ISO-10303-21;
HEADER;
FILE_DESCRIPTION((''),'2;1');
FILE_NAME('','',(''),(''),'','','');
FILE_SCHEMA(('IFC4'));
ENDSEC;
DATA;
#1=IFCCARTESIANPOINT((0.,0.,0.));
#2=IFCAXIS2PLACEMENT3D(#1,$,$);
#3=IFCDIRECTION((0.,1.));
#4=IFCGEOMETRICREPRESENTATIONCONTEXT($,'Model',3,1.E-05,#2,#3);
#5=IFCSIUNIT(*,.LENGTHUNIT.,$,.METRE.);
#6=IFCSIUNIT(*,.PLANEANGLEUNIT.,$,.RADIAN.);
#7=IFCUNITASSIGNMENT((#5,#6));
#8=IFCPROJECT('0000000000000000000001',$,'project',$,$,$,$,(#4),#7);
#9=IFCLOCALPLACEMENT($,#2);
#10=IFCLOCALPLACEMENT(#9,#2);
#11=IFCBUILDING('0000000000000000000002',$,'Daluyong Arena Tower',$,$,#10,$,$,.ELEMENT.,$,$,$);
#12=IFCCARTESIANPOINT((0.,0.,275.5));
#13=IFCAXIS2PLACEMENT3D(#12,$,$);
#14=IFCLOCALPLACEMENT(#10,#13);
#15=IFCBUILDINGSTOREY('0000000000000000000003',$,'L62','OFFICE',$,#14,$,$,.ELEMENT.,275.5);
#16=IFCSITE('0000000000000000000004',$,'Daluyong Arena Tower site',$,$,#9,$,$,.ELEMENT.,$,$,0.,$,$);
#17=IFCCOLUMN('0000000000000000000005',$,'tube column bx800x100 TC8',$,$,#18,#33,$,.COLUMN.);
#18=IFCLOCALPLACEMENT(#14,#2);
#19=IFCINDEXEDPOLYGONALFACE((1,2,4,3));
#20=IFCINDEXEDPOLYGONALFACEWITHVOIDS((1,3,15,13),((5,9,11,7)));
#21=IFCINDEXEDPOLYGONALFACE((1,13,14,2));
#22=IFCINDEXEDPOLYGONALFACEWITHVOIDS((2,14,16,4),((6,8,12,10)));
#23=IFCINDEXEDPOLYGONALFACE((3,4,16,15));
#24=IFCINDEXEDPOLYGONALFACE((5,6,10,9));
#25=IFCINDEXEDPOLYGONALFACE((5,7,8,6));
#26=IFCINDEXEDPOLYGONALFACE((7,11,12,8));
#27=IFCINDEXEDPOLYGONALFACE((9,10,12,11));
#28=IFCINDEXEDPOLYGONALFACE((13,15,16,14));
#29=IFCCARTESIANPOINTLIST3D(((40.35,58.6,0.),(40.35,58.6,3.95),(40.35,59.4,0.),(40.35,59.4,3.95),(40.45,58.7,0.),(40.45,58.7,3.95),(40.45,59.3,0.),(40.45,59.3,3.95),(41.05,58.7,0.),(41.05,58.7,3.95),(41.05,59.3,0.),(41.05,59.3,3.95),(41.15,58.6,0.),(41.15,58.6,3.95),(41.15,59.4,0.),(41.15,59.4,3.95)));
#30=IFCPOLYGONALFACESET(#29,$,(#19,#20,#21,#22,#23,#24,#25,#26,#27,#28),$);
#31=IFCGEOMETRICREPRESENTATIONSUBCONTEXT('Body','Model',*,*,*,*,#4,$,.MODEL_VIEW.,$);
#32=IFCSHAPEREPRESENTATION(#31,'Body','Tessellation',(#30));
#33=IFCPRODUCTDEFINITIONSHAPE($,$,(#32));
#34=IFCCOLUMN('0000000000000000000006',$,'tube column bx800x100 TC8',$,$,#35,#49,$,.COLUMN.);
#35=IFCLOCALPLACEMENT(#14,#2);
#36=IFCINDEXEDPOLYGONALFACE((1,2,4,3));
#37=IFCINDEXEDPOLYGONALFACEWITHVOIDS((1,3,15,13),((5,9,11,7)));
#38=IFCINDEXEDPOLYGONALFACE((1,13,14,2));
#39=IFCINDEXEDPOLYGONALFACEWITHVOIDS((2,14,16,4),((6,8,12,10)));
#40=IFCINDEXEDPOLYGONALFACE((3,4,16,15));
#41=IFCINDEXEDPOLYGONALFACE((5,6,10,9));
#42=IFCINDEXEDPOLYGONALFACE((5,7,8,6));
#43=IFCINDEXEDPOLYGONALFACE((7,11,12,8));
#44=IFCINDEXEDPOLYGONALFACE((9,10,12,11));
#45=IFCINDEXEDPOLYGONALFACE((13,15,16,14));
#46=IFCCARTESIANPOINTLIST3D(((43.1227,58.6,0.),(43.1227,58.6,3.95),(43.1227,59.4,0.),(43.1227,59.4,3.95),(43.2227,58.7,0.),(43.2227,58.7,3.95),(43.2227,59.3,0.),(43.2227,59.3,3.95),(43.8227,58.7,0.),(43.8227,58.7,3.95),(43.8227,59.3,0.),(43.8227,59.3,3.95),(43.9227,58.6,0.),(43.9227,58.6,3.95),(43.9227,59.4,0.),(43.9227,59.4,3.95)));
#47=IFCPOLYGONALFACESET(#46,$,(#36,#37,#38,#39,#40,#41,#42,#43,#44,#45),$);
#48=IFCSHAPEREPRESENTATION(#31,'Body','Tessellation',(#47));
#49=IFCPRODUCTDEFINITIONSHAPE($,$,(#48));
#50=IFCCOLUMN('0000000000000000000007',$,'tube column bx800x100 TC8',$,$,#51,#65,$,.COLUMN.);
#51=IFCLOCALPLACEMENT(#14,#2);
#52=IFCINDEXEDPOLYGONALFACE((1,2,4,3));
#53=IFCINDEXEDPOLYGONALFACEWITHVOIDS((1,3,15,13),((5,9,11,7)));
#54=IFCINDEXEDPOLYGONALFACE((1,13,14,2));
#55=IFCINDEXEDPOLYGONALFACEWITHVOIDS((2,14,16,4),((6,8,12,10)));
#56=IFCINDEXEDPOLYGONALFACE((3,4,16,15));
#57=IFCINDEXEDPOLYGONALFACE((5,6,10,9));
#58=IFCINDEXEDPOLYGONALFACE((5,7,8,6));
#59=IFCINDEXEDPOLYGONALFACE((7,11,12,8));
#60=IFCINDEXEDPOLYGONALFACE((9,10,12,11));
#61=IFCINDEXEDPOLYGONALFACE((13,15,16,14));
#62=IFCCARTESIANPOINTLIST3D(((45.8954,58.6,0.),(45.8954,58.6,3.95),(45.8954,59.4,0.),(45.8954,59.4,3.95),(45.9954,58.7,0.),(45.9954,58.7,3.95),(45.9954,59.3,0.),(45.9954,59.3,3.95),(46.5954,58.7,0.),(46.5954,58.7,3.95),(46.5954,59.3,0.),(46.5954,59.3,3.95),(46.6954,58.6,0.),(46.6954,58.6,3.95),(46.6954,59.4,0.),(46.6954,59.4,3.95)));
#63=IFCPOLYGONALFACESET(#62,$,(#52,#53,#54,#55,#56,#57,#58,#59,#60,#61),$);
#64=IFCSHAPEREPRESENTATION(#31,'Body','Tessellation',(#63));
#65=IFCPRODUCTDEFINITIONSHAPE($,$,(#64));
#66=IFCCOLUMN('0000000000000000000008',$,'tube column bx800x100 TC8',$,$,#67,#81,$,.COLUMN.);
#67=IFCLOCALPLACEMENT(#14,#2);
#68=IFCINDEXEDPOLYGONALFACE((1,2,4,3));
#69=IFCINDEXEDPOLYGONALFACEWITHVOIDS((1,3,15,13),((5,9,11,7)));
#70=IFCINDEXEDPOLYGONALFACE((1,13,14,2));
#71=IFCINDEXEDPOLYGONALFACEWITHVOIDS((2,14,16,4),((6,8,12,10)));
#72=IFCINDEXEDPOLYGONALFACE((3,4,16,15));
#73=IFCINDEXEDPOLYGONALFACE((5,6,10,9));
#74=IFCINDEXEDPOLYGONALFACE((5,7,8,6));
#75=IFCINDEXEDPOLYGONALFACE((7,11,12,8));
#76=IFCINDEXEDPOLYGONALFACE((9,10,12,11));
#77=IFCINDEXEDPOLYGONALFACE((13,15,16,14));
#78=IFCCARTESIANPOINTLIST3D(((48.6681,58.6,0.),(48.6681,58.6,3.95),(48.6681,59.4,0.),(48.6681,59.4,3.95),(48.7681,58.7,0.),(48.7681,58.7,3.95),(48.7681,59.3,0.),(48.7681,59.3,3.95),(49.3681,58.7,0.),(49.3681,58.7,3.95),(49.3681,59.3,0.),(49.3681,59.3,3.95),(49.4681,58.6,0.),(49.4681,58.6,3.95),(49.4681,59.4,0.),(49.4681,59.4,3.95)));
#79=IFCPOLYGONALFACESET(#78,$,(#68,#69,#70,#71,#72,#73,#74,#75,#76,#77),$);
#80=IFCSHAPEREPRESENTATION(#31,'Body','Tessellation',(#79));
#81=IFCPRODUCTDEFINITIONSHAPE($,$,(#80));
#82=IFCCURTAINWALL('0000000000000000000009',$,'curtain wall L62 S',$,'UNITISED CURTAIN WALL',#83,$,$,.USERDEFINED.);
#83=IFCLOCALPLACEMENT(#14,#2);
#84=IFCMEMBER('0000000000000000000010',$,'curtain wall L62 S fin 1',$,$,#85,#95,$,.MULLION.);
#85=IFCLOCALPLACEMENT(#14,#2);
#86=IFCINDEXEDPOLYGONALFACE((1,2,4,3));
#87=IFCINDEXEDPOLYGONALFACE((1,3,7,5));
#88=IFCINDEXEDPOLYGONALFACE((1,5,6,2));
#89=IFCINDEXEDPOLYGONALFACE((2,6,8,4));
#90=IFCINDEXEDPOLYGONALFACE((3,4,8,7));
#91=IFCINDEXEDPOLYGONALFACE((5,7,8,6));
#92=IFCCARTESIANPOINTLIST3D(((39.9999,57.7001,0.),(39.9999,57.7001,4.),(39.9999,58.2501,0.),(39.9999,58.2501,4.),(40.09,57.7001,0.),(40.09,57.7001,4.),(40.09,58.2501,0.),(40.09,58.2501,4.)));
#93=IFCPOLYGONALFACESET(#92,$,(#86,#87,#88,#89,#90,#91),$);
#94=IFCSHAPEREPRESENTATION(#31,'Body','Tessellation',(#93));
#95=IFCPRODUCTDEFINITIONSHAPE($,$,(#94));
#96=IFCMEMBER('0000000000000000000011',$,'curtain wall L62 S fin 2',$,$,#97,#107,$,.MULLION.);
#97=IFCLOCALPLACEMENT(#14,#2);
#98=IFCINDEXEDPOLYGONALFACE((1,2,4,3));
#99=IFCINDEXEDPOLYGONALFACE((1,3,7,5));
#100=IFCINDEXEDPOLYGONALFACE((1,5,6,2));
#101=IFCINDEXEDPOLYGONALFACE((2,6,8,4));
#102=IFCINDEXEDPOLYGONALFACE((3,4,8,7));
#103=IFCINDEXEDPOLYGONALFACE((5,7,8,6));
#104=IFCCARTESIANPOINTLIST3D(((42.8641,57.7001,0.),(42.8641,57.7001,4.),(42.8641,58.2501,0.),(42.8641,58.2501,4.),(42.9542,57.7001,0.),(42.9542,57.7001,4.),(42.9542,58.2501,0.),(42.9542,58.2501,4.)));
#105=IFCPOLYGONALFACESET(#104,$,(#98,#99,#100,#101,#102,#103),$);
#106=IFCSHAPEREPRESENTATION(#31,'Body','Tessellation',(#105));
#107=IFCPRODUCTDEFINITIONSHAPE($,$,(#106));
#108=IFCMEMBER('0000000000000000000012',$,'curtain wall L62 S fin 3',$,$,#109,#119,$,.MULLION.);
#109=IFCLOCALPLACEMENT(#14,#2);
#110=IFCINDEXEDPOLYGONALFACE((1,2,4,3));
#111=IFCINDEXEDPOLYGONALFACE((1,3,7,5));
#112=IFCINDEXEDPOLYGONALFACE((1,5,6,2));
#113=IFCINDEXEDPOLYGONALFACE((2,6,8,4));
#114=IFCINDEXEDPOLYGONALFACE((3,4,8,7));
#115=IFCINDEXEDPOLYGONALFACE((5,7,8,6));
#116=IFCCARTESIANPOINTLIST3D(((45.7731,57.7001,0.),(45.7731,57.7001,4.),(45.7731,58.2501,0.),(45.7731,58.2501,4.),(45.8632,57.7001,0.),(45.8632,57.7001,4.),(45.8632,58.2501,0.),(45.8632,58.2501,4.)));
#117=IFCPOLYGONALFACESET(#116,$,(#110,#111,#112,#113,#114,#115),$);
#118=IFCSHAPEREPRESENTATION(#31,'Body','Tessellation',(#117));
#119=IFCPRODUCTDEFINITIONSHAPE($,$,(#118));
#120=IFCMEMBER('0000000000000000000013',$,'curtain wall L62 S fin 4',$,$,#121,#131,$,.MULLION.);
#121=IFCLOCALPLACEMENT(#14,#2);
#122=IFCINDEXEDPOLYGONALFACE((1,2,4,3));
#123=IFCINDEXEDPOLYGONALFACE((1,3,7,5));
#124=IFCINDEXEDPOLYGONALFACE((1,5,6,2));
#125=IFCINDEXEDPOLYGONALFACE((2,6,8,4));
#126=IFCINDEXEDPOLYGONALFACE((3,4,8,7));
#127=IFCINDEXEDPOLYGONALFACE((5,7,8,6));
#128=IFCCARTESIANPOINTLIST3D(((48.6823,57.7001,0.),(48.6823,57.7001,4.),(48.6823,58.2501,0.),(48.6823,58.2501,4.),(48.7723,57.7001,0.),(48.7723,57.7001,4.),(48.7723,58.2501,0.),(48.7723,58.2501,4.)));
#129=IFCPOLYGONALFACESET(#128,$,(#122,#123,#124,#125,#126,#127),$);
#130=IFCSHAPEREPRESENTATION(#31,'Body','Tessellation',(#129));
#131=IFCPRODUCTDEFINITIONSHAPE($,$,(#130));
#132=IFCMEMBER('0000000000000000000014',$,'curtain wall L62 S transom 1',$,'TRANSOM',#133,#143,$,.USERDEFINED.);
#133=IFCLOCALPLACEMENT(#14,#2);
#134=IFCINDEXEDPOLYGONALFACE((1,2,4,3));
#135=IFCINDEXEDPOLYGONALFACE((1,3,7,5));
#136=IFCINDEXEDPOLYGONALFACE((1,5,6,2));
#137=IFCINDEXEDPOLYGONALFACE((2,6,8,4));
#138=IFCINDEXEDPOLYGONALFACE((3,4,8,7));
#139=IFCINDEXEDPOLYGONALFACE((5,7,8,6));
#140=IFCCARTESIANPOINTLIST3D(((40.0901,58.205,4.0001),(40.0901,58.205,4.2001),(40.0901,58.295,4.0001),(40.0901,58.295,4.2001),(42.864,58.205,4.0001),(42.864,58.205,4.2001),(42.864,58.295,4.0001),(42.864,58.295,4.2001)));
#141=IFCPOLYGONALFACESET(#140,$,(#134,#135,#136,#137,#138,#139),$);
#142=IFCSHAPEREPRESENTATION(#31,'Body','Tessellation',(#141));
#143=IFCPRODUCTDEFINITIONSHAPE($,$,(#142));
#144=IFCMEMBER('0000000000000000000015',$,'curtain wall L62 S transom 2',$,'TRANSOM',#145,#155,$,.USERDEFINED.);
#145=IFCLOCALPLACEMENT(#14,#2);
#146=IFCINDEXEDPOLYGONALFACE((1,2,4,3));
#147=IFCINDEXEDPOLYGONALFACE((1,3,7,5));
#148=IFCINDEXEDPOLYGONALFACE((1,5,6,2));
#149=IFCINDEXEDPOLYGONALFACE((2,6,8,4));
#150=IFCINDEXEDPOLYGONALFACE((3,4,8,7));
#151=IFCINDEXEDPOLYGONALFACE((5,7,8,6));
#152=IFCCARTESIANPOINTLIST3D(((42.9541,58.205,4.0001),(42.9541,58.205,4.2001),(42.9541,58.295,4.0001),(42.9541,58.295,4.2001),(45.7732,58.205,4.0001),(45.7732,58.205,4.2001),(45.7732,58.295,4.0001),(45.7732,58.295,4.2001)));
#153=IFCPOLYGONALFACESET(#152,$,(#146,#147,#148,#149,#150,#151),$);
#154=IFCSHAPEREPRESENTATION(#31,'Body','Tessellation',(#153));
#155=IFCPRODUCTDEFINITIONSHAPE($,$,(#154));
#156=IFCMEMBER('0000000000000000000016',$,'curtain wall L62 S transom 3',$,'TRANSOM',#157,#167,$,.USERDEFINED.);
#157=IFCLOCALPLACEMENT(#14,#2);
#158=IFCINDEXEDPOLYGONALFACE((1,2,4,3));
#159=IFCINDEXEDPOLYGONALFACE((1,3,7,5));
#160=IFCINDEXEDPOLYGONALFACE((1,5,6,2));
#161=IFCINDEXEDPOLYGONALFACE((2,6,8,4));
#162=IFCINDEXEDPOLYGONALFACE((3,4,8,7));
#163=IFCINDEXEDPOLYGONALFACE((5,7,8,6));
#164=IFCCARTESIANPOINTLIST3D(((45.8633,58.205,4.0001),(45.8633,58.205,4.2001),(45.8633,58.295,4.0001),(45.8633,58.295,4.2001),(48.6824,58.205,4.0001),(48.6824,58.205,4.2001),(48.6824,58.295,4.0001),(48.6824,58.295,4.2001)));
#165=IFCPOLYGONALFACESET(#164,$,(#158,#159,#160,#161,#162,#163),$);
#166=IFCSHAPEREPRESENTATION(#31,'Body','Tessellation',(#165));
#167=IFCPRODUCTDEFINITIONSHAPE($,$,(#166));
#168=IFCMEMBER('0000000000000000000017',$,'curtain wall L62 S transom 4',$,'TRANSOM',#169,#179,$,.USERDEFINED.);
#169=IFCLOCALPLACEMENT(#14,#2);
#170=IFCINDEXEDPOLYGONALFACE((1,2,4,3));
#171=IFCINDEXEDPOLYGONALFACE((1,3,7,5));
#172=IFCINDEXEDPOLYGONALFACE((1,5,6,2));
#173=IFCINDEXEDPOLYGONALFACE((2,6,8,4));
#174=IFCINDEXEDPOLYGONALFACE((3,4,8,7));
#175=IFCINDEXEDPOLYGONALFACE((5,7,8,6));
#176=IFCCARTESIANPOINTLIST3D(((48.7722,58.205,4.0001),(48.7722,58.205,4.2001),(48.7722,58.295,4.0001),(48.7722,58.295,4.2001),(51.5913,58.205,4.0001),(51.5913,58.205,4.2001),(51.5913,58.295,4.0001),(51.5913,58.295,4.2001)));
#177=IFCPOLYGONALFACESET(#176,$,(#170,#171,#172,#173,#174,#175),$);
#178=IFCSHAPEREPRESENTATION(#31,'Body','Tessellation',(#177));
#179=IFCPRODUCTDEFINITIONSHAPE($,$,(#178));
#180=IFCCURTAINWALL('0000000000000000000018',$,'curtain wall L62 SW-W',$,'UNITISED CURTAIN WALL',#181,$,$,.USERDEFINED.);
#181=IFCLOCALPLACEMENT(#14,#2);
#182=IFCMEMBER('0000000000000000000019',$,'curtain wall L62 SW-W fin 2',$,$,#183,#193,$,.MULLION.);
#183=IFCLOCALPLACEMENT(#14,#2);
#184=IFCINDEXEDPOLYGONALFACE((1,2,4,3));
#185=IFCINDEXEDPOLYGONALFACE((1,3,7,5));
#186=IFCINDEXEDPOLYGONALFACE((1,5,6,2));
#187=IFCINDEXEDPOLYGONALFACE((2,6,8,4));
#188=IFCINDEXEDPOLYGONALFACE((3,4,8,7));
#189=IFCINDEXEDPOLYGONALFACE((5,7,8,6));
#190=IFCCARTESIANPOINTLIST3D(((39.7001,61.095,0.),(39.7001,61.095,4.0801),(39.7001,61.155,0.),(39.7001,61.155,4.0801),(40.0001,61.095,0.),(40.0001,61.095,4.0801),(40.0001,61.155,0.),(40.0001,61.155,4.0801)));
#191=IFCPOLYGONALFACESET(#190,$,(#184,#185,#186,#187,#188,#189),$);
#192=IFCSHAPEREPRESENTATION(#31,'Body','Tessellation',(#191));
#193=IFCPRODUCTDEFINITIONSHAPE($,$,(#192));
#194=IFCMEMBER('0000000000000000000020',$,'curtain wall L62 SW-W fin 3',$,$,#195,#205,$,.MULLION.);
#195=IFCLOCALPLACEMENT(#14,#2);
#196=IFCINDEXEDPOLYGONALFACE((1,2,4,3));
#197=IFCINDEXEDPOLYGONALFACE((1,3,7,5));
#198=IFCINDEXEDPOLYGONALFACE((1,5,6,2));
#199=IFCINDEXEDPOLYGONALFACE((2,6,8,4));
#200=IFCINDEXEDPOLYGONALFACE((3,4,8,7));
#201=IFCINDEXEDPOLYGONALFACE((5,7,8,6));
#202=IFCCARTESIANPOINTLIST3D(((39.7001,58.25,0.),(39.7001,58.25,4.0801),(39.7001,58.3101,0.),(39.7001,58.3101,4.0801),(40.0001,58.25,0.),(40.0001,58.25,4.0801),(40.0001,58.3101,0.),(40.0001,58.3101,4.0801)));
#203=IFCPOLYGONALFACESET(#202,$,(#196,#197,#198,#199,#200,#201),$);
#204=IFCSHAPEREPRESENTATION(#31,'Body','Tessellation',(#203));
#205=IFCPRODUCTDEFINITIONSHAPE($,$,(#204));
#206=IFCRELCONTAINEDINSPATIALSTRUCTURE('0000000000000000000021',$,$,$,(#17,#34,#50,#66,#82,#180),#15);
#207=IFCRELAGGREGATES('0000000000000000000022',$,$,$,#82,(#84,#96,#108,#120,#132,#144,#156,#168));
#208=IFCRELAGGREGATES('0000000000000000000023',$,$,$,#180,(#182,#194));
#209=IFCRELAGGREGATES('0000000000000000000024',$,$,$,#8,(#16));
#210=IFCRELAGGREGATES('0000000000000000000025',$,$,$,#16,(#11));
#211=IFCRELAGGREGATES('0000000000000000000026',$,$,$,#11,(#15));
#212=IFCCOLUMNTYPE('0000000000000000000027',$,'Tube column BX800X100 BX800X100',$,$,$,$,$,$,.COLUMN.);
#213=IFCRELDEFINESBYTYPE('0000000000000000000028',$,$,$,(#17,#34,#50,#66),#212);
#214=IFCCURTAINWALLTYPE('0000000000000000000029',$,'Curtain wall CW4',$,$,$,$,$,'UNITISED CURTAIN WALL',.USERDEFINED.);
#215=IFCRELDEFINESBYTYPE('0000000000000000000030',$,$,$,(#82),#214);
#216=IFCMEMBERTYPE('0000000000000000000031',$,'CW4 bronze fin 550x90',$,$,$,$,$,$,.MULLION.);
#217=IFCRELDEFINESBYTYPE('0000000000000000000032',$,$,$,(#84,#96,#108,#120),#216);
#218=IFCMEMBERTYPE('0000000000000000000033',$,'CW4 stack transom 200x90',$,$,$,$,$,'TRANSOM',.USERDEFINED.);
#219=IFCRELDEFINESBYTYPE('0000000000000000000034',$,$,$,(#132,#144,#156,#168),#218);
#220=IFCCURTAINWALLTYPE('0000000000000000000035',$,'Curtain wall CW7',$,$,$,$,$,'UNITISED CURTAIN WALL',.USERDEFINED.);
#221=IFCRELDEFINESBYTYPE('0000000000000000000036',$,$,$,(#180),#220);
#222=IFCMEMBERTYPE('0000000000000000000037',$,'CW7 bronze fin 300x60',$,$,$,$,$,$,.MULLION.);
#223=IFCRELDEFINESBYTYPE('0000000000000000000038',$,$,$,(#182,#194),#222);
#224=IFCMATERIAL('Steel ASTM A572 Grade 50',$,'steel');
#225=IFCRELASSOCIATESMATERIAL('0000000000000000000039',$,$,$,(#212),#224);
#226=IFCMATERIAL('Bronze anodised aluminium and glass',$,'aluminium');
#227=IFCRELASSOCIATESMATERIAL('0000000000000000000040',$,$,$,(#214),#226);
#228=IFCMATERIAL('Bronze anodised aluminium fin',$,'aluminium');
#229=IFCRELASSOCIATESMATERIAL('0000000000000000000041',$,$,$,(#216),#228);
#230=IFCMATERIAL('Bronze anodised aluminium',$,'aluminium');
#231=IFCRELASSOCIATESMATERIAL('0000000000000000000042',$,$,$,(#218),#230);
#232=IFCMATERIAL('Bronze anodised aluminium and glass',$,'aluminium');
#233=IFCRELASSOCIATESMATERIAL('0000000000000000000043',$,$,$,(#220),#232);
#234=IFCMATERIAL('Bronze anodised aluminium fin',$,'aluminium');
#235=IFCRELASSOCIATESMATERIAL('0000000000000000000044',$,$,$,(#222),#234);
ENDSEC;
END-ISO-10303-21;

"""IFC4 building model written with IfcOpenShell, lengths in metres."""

from ifc_helpers import new_model, si_unit, direction, frame, origin, origin_2d, place, context, subcontext, project, spatial, rectangle, hollow_rectangle, extrude, material, material_profile, profile_set, type_object, element, aggregate, save


model = new_model("IFC4")

# Units and contexts
model_context = context("Model", 3, precision=1e-05, world=origin(), true_north=direction((0.0, 1.0)))
body_context = subcontext(model_context, "Body", "Model", "MODEL_VIEW")
ifc_project = project(units=[si_unit("LENGTHUNIT", "METRE"), si_unit("PLANEANGLEUNIT", "RADIAN")], contexts=[model_context])

# Site, building, storey
site_placement = place(None, origin())
site = spatial("IfcSite", under=ifc_project, at=site_placement, Name="Daluyong Arena Tower site", CompositionType="ELEMENT", RefElevation=0.0)
building_placement = place(site_placement, origin())
building = spatial("IfcBuilding", under=site, at=building_placement, Name="Daluyong Arena Tower", CompositionType="ELEMENT")
storey_placement = place(building_placement, frame((0.0, 0.0, 275.5)))
storey = spatial("IfcBuildingStorey", under=building, at=storey_placement, Name="L62", Description="OFFICE", CompositionType="ELEMENT", Elevation=275.5)

# Columns
ifc_material_1 = material(Name="Steel ASTM A572 Grade 50", Category="steel")
ifc_material_profile_1 = material_profile(ifc_material_1, hollow_rectangle(XDim=0.8, YDim=0.8, WallThickness=0.1, at=origin_2d()))
ifc_profile_set_1 = profile_set([ifc_material_profile_1], Name="Steel ASTM A572 Grade 50")
column_type = type_object("IfcColumnType", Name="Tube column BX800X100 BX800X100", PredefinedType="COLUMN", material=ifc_profile_set_1)
for number, where, z_axis, x_axis, name in (
    (1, (40.75, 59.0, 0.0), (0.0, 0.0, 1.0), (1.0, 0.0, 0.0), "tube column bx800x100 TC8"),
    (2, (43.5227, 59.0, 0.0), (0.0, 0.0, 1.0), (1.0, 0.0, 0.0), "tube column bx800x100 TC8"),
    (3, (46.2954, 59.0, 0.0), (0.0, 0.0, 1.0), (1.0, 0.0, 0.0), "tube column bx800x100 TC8"),
    (4, (49.0681, 59.0, 0.0), (0.0, 0.0, 1.0), (1.0, 0.0, 0.0), "tube column bx800x100 TC8"),
):
    element("IfcColumn", number, at=place(storey_placement, frame(where, z_axis=z_axis, x_axis=x_axis)), inside=storey, type_object=column_type, Name=name, PredefinedType="COLUMN", context=body_context, shape_type="SweptSolid", body=[
        extrude(hollow_rectangle(XDim=0.8, YDim=0.8, WallThickness=0.1, at=origin_2d()), origin(), (0.0, 0.0, 1.0), 3.95),
    ])

# Curtain walls, members
ifc_material_2 = material(Name="Bronze anodised aluminium and glass", Category="aluminium")
curtain_wall_type_1 = type_object("IfcCurtainWallType", Name="Curtain wall CW4", ElementType="UNITISED CURTAIN WALL", PredefinedType="USERDEFINED", material=ifc_material_2)
curtain_wall_1_placement = place(storey_placement, origin())
curtain_wall_1 = element("IfcCurtainWall", 5, at=curtain_wall_1_placement, inside=storey, type_object=curtain_wall_type_1, Name="curtain wall L62 S", ObjectType="UNITISED CURTAIN WALL", PredefinedType="USERDEFINED")
ifc_material_3 = material(Name="Bronze anodised aluminium fin", Category="aluminium")
ifc_material_profile_2 = material_profile(ifc_material_3, rectangle(XDim=0.55, YDim=0.0901, at=origin_2d()))
ifc_profile_set_2 = profile_set([ifc_material_profile_2], Name="Bronze anodised aluminium fin")
member_type_1 = type_object("IfcMemberType", Name="CW4 bronze fin 550x90", PredefinedType="MULLION", material=ifc_profile_set_2)
member_1_placement = place(storey_placement, frame((40.0449, 57.9751, 0.0), z_axis=(0.0, 0.0, 1.0), x_axis=(0.0, 1.0, 0.0)))
member_1 = element("IfcMember", 6, at=member_1_placement, type_object=member_type_1, Name="curtain wall L62 S fin 1", PredefinedType="MULLION", context=body_context, shape_type="SweptSolid", body=[
    extrude(rectangle(XDim=0.55, YDim=0.0901, at=origin_2d()), origin(), (0.0, 0.0, 1.0), 4.0),
])
member_2_placement = place(storey_placement, frame((42.9092, 57.9751, 0.0), z_axis=(0.0, 0.0, 1.0), x_axis=(0.0, 1.0, 0.0)))
member_2 = element("IfcMember", 7, at=member_2_placement, type_object=member_type_1, Name="curtain wall L62 S fin 2", PredefinedType="MULLION", context=body_context, shape_type="SweptSolid", body=[
    extrude(rectangle(XDim=0.55, YDim=0.0901, at=origin_2d()), origin(), (0.0, 0.0, 1.0), 4.0),
])
member_3_placement = place(storey_placement, frame((45.8181, 57.9751, 0.0), z_axis=(0.0, 0.0, 1.0), x_axis=(0.0, 1.0, 0.0)))
member_3 = element("IfcMember", 8, at=member_3_placement, type_object=member_type_1, Name="curtain wall L62 S fin 3", PredefinedType="MULLION", context=body_context, shape_type="SweptSolid", body=[
    extrude(rectangle(XDim=0.55, YDim=0.0901, at=origin_2d()), origin(), (0.0, 0.0, 1.0), 4.0),
])
member_4_placement = place(storey_placement, frame((48.7273, 57.9751, 0.0), z_axis=(0.0, 0.0, 1.0), x_axis=(0.0, 1.0, 0.0)))
member_4 = element("IfcMember", 9, at=member_4_placement, type_object=member_type_1, Name="curtain wall L62 S fin 4", PredefinedType="MULLION", context=body_context, shape_type="SweptSolid", body=[
    extrude(rectangle(XDim=0.55, YDim=0.0901, at=origin_2d()), origin(), (0.0, 0.0, 1.0), 4.0),
])
ifc_material_4 = material(Name="Bronze anodised aluminium", Category="aluminium")
ifc_material_profile_3 = material_profile(ifc_material_4, rectangle(XDim=0.0901, YDim=0.2, at=origin_2d()))
ifc_profile_set_3 = profile_set([ifc_material_profile_3], Name="Bronze anodised aluminium")
member_type_2 = type_object("IfcMemberType", Name="CW4 stack transom 200x90", ElementType="TRANSOM", PredefinedType="USERDEFINED", material=ifc_profile_set_3)
member_5_placement = place(storey_placement, frame((40.0901, 58.25, 4.1001), z_axis=(1.0, 0.0, 0.0), x_axis=(0.0, 1.0, 0.0)))
member_5 = element("IfcMember", 10, at=member_5_placement, type_object=member_type_2, Name="curtain wall L62 S transom 1", ObjectType="TRANSOM", PredefinedType="USERDEFINED", context=body_context, shape_type="SweptSolid", body=[
    extrude(rectangle(XDim=0.0901, YDim=0.2, at=origin_2d()), origin(), (0.0, 0.0, 1.0), 2.7739),
])
member_6_placement = place(storey_placement, frame((42.9541, 58.25, 4.1001), z_axis=(1.0, 0.0, 0.0), x_axis=(0.0, 1.0, 0.0)))
member_6 = element("IfcMember", 11, at=member_6_placement, type_object=member_type_2, Name="curtain wall L62 S transom 2", ObjectType="TRANSOM", PredefinedType="USERDEFINED", context=body_context, shape_type="SweptSolid", body=[
    extrude(rectangle(XDim=0.0901, YDim=0.2, at=origin_2d()), origin(), (0.0, 0.0, 1.0), 2.8191),
])
member_7_placement = place(storey_placement, frame((45.8633, 58.25, 4.1001), z_axis=(1.0, 0.0, 0.0), x_axis=(0.0, 1.0, 0.0)))
member_7 = element("IfcMember", 12, at=member_7_placement, type_object=member_type_2, Name="curtain wall L62 S transom 3", ObjectType="TRANSOM", PredefinedType="USERDEFINED", context=body_context, shape_type="SweptSolid", body=[
    extrude(rectangle(XDim=0.0901, YDim=0.2, at=origin_2d()), origin(), (0.0, 0.0, 1.0), 2.8191),
])
member_8_placement = place(storey_placement, frame((48.7722, 58.25, 4.1001), z_axis=(1.0, 0.0, 0.0), x_axis=(0.0, 1.0, 0.0)))
member_8 = element("IfcMember", 13, at=member_8_placement, type_object=member_type_2, Name="curtain wall L62 S transom 4", ObjectType="TRANSOM", PredefinedType="USERDEFINED", context=body_context, shape_type="SweptSolid", body=[
    extrude(rectangle(XDim=0.0901, YDim=0.2, at=origin_2d()), origin(), (0.0, 0.0, 1.0), 2.8191),
])
ifc_material_5 = material(Name="Bronze anodised aluminium and glass", Category="aluminium")
curtain_wall_type_2 = type_object("IfcCurtainWallType", Name="Curtain wall CW7", ElementType="UNITISED CURTAIN WALL", PredefinedType="USERDEFINED", material=ifc_material_5)
curtain_wall_2_placement = place(storey_placement, origin())
curtain_wall_2 = element("IfcCurtainWall", 14, at=curtain_wall_2_placement, inside=storey, type_object=curtain_wall_type_2, Name="curtain wall L62 SW-W", ObjectType="UNITISED CURTAIN WALL", PredefinedType="USERDEFINED")
ifc_material_6 = material(Name="Bronze anodised aluminium fin", Category="aluminium")
ifc_material_profile_4 = material_profile(ifc_material_6, rectangle(XDim=0.3, YDim=0.0601, at=origin_2d()))
ifc_profile_set_4 = profile_set([ifc_material_profile_4], Name="Bronze anodised aluminium fin")
member_type_3 = type_object("IfcMemberType", Name="CW7 bronze fin 300x60", PredefinedType="MULLION", material=ifc_profile_set_4)
member_9_placement = place(storey_placement, frame((39.8501, 61.125, 0.0), z_axis=(0.0, 0.0, 1.0), x_axis=(1.0, 0.0, 0.0)))
member_9 = element("IfcMember", 15, at=member_9_placement, type_object=member_type_3, Name="curtain wall L62 SW-W fin 2", PredefinedType="MULLION", context=body_context, shape_type="SweptSolid", body=[
    extrude(rectangle(XDim=0.3, YDim=0.0601, at=origin_2d()), origin(), (0.0, 0.0, 1.0), 4.0801),
])
member_10_placement = place(storey_placement, frame((39.8501, 58.28, 0.0), z_axis=(0.0, 0.0, 1.0), x_axis=(1.0, 0.0, 0.0)))
member_10 = element("IfcMember", 16, at=member_10_placement, type_object=member_type_3, Name="curtain wall L62 SW-W fin 3", PredefinedType="MULLION", context=body_context, shape_type="SweptSolid", body=[
    extrude(rectangle(XDim=0.3, YDim=0.0601, at=origin_2d()), origin(), (0.0, 0.0, 1.0), 4.0801),
])

aggregate(curtain_wall_1, [member_1, member_2, member_3, member_4, member_5, member_6, member_7, member_8])
aggregate(curtain_wall_2, [member_9, member_10])

save(model, "model.ifc")
